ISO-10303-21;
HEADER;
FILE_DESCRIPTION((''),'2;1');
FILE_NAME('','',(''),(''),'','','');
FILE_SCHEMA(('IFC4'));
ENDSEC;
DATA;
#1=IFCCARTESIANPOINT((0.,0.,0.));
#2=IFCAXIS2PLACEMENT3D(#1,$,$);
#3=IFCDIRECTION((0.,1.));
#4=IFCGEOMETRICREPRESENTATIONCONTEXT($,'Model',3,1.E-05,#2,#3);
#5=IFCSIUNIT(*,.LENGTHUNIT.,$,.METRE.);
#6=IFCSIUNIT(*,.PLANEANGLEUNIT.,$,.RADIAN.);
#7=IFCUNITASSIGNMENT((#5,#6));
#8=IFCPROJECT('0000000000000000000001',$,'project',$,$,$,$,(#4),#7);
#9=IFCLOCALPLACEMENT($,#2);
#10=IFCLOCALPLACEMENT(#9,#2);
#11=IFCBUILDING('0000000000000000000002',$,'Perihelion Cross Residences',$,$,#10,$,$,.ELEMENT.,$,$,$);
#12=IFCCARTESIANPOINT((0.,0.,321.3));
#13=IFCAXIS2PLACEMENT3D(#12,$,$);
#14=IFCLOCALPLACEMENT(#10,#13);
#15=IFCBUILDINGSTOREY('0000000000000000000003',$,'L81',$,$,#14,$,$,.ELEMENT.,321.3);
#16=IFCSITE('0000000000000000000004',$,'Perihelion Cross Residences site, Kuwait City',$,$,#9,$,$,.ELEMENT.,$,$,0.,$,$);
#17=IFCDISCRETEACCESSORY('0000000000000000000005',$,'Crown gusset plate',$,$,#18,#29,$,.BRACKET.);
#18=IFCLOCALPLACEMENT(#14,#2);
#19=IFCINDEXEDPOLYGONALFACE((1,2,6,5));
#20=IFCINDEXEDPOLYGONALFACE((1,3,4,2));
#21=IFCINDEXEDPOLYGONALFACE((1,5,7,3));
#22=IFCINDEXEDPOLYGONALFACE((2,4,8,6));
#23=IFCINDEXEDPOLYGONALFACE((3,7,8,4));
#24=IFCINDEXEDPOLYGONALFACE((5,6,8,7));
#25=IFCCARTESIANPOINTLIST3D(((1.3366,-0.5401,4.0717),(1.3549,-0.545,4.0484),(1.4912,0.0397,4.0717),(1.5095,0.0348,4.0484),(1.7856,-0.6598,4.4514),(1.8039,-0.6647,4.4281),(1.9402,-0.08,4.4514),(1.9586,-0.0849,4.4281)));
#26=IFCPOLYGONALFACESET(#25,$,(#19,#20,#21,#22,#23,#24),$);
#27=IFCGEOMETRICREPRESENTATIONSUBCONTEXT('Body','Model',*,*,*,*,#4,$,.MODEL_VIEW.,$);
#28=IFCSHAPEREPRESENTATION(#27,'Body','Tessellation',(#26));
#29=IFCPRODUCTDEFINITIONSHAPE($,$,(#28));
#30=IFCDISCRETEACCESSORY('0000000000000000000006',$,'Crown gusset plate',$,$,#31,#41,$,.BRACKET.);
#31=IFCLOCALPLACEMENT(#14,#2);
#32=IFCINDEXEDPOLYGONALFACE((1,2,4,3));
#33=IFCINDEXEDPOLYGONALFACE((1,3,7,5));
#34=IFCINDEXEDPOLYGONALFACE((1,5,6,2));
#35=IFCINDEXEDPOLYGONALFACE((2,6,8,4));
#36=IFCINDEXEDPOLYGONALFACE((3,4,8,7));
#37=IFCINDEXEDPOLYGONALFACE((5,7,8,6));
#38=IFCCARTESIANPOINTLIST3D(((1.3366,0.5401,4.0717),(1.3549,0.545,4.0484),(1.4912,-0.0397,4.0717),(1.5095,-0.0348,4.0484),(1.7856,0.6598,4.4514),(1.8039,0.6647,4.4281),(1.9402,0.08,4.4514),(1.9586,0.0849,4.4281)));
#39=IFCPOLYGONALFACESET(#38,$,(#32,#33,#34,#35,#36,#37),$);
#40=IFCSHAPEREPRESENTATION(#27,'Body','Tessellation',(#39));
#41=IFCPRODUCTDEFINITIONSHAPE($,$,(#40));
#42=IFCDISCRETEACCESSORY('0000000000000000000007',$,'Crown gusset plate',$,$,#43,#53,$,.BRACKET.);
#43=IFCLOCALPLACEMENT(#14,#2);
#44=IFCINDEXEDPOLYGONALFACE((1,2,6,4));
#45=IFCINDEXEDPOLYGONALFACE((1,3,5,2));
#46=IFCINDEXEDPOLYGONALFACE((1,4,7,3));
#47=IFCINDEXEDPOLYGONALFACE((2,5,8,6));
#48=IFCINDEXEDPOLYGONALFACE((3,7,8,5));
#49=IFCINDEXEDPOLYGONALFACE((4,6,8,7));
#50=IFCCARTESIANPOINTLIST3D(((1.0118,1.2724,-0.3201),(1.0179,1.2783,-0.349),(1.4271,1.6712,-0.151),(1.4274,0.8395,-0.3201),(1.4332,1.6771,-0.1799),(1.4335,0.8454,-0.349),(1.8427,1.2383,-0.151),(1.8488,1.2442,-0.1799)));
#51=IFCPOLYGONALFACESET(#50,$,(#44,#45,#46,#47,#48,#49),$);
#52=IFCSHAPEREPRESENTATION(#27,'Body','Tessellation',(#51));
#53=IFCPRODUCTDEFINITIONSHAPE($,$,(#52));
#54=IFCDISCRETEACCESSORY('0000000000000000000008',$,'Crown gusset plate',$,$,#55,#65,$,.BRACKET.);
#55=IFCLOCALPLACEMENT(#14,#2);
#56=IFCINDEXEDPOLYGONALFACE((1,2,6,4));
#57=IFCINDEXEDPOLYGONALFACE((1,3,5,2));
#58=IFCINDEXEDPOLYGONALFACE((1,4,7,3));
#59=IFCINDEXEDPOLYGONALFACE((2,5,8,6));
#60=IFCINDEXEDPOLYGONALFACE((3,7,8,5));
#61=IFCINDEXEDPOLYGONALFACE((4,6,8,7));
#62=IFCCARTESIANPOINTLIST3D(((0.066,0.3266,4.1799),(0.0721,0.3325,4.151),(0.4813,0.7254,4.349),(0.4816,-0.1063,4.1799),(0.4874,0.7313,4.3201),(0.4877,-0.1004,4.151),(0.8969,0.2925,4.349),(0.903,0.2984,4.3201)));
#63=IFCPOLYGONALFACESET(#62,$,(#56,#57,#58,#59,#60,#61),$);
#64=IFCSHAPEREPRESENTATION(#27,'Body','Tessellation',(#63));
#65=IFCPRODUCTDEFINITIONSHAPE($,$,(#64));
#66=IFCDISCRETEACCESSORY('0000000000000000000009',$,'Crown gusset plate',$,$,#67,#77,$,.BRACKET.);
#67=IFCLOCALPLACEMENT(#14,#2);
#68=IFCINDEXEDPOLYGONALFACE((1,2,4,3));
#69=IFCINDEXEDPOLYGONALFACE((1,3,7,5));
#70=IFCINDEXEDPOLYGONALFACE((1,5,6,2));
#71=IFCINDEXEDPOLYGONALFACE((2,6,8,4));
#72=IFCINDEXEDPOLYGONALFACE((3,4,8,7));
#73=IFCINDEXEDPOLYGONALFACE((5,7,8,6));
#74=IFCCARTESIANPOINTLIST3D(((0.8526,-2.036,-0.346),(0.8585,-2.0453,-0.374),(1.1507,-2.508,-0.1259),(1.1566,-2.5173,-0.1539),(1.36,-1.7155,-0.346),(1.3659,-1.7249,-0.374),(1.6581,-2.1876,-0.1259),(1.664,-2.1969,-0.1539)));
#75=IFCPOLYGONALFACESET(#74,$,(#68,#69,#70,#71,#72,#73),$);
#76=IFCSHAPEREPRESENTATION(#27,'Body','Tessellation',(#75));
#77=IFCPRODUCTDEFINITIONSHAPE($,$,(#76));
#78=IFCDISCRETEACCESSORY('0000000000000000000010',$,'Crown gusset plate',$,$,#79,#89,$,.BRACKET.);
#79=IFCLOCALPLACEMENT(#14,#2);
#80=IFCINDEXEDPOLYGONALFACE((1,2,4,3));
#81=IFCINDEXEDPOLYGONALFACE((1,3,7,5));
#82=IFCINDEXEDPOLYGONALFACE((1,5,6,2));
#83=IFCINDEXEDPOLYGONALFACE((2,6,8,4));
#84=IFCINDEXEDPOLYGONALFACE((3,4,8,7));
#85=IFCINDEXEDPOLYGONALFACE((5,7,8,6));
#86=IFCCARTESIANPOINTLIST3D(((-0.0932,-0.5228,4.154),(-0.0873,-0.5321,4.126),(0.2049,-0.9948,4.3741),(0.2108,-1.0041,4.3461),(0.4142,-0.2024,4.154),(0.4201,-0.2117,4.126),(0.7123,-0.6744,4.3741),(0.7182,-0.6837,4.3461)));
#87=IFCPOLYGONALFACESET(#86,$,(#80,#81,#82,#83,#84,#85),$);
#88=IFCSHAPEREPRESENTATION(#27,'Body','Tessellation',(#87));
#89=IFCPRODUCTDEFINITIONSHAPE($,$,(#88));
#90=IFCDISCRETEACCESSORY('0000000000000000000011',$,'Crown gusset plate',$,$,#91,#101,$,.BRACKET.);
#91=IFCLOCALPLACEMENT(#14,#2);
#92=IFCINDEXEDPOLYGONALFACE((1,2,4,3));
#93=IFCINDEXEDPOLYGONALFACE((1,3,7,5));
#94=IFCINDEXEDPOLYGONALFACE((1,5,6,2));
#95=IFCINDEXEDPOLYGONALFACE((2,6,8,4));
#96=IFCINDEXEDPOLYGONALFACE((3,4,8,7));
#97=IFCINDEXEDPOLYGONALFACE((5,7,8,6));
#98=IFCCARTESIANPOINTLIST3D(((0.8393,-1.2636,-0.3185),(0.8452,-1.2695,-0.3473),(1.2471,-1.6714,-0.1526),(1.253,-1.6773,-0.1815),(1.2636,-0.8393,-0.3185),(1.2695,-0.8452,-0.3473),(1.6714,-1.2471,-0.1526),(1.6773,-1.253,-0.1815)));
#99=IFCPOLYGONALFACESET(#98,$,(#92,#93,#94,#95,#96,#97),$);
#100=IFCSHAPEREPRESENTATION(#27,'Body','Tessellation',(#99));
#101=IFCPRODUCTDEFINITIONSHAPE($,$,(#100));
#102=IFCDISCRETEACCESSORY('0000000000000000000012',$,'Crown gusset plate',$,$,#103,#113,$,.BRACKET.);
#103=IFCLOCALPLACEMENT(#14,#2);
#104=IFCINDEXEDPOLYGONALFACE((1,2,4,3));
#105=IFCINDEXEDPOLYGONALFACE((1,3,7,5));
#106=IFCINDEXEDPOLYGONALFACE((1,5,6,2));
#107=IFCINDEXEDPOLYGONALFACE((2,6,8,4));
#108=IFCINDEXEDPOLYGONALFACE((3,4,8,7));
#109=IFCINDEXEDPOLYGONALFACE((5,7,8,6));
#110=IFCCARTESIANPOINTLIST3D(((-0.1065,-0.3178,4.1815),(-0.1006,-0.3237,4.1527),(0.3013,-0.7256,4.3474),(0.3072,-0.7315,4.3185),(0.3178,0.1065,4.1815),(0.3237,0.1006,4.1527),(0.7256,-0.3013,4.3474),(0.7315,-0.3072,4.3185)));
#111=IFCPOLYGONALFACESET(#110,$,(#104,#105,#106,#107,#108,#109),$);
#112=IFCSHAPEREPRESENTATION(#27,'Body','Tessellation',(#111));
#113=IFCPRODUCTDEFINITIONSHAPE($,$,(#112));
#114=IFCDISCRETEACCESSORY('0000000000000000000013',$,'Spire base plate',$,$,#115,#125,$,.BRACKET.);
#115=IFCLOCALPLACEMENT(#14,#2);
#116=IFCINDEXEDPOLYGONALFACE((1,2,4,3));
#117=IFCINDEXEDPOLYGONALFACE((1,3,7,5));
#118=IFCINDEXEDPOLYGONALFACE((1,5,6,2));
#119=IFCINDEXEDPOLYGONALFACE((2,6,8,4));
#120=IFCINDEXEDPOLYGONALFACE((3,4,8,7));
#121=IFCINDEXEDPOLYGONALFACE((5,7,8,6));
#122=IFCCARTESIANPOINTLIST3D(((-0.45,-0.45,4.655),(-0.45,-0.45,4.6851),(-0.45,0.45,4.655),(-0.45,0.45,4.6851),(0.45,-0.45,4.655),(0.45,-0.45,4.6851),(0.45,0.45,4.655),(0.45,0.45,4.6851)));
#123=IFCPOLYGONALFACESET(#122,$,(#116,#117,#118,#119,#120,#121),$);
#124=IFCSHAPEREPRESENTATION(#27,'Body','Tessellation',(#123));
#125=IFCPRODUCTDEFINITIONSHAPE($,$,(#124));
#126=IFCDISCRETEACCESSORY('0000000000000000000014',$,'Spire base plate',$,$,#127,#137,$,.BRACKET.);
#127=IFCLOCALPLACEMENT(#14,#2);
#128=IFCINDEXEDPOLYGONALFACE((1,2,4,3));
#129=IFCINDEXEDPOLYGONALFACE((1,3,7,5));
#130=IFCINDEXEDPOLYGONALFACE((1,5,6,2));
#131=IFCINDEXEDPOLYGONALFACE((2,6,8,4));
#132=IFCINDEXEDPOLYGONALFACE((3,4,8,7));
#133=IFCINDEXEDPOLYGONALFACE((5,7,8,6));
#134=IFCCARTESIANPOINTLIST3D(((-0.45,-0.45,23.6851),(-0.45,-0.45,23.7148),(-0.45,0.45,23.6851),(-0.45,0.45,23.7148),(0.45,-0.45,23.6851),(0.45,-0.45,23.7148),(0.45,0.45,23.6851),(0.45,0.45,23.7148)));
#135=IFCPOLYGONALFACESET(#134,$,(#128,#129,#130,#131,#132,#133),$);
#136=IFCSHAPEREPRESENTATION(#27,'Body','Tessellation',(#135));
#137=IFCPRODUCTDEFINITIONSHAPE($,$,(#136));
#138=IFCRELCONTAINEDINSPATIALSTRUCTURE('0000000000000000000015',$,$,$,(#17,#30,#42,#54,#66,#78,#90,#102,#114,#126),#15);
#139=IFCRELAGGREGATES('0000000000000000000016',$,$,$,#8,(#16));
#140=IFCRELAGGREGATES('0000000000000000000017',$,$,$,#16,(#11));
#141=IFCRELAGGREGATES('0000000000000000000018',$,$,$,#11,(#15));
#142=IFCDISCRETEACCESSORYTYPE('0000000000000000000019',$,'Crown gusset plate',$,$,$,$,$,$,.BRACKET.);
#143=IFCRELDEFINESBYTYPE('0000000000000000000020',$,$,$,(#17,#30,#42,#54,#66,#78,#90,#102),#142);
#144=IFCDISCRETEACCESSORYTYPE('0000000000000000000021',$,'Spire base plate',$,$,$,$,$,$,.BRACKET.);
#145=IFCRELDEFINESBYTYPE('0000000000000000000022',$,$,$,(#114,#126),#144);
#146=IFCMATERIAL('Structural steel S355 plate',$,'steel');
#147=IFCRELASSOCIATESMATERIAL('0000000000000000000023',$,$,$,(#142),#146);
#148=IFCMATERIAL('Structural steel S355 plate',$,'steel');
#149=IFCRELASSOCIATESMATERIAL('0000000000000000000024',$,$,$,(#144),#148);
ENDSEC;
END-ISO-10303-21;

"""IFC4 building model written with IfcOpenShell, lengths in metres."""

from ifc_helpers import new_model, si_unit, direction, frame, origin, origin_2d, place, context, subcontext, project, spatial, rectangle, extrude, material, material_profile, profile_set, type_object, element, save


model = new_model("IFC4")

# Units and contexts
model_context = context("Model", 3, precision=1e-05, world=origin(), true_north=direction((0.0, 1.0)))
body_context = subcontext(model_context, "Body", "Model", "MODEL_VIEW")
ifc_project = project(units=[si_unit("LENGTHUNIT", "METRE"), si_unit("PLANEANGLEUNIT", "RADIAN")], contexts=[model_context])

# Site, building, storey
site_placement = place(None, origin())
site = spatial("IfcSite", under=ifc_project, at=site_placement, Name="Perihelion Cross Residences site, Kuwait City", CompositionType="ELEMENT", RefElevation=0.0)
building_placement = place(site_placement, origin())
building = spatial("IfcBuilding", under=site, at=building_placement, Name="Perihelion Cross Residences", CompositionType="ELEMENT")
storey_placement = place(building_placement, frame((0.0, 0.0, 321.3)))
storey = spatial("IfcBuildingStorey", under=building, at=storey_placement, Name="L81", CompositionType="ELEMENT", Elevation=321.3)

# Discrete accessories
ifc_material_1 = material(Name="Structural steel S355 plate", Category="steel")
ifc_material_profile_1 = material_profile(ifc_material_1, rectangle(XDim=0.6001, YDim=0.6001, at=origin_2d()), Name="Crown gusset plate")
ifc_profile_set_1 = profile_set([ifc_material_profile_1], Name="Structural steel S355 plate")
discrete_accessory_type_1 = type_object("IfcDiscreteAccessoryType", Name="Crown gusset plate", PredefinedType="BRACKET", material=ifc_profile_set_1)
for number, where, z_axis, x_axis, name in (
    (1, (1.6567, -0.3149, 4.2383), (-0.611354, 0.163028, 0.774382), (-0.257663, -0.966235, 0.0), "Crown gusset plate"),
    (2, (1.6567, 0.3149, 4.2383), (-0.611354, -0.163028, 0.774382), (0.257663, -0.966235, 0.0), "Crown gusset plate"),
    (3, (1.4333, 1.2612, -0.2644), (-0.203279, -0.195148, 0.959476), (0.692532, -0.721387, 0.0), "Crown gusset plate"),
    (4, (0.4875, 0.3154, 4.2356), (-0.203279, -0.195148, 0.959476), (0.692532, -0.721387, 0.0), "Crown gusset plate"),
    (5, (1.2612, -2.1211, -0.2639), (-0.195855, 0.310103, 0.93031), (-0.845489, -0.533993, 0.0), "Crown gusset plate"),
    (6, (0.3154, -0.6079, 4.2361), (-0.195855, 0.310103, 0.93031), (-0.845489, -0.533993, 0.0), "Crown gusset plate"),
    (7, (1.2612, -1.2612, -0.2644), (-0.195465, 0.195465, 0.961034), (-0.707107, -0.707107, 0.0), "Crown gusset plate"),
    (8, (0.3154, -0.3154, 4.2356), (-0.195465, 0.195465, 0.961034), (-0.707107, -0.707107, 0.0), "Crown gusset plate"),
):
    element("IfcDiscreteAccessory", number, at=place(storey_placement, frame(where, z_axis=z_axis, x_axis=x_axis)), inside=storey, type_object=discrete_accessory_type_1, Name=name, PredefinedType="BRACKET", context=body_context, shape_type="SweptSolid", body=[
        extrude(rectangle(XDim=0.6001, YDim=0.6001, at=origin_2d()), origin(), (0.0, 0.0, 1.0), 0.03),
    ])
ifc_material_2 = material(Name="Structural steel S355 plate", Category="steel")
ifc_material_profile_2 = material_profile(ifc_material_2, rectangle(XDim=0.8999, YDim=0.8999, at=origin_2d()), Name="Spire base plate")
ifc_profile_set_2 = profile_set([ifc_material_profile_2], Name="Structural steel S355 plate")
discrete_accessory_type_2 = type_object("IfcDiscreteAccessoryType", Name="Spire base plate", PredefinedType="BRACKET", material=ifc_profile_set_2)
discrete_accessory_1_placement = place(storey_placement, frame((0.0, 0.0, 4.655), z_axis=(0.0, 0.0, 1.0), x_axis=(1.0, 0.0, 0.0)))
element("IfcDiscreteAccessory", 9, at=discrete_accessory_1_placement, inside=storey, type_object=discrete_accessory_type_2, Name="Spire base plate", PredefinedType="BRACKET", context=body_context, shape_type="SweptSolid", body=[
    extrude(rectangle(XDim=0.8999, YDim=0.8999, at=origin_2d()), origin(), (0.0, 0.0, 1.0), 0.03),
])
discrete_accessory_2_placement = place(storey_placement, frame((0.0, 0.0, 23.6851), z_axis=(0.0, 0.0, 1.0), x_axis=(1.0, 0.0, 0.0)))
element("IfcDiscreteAccessory", 10, at=discrete_accessory_2_placement, inside=storey, type_object=discrete_accessory_type_2, Name="Spire base plate", PredefinedType="BRACKET", context=body_context, shape_type="SweptSolid", body=[
    extrude(rectangle(XDim=0.8999, YDim=0.8999, at=origin_2d()), origin(), (0.0, 0.0, 1.0), 0.0298),
])

save(model, "model.ifc")
